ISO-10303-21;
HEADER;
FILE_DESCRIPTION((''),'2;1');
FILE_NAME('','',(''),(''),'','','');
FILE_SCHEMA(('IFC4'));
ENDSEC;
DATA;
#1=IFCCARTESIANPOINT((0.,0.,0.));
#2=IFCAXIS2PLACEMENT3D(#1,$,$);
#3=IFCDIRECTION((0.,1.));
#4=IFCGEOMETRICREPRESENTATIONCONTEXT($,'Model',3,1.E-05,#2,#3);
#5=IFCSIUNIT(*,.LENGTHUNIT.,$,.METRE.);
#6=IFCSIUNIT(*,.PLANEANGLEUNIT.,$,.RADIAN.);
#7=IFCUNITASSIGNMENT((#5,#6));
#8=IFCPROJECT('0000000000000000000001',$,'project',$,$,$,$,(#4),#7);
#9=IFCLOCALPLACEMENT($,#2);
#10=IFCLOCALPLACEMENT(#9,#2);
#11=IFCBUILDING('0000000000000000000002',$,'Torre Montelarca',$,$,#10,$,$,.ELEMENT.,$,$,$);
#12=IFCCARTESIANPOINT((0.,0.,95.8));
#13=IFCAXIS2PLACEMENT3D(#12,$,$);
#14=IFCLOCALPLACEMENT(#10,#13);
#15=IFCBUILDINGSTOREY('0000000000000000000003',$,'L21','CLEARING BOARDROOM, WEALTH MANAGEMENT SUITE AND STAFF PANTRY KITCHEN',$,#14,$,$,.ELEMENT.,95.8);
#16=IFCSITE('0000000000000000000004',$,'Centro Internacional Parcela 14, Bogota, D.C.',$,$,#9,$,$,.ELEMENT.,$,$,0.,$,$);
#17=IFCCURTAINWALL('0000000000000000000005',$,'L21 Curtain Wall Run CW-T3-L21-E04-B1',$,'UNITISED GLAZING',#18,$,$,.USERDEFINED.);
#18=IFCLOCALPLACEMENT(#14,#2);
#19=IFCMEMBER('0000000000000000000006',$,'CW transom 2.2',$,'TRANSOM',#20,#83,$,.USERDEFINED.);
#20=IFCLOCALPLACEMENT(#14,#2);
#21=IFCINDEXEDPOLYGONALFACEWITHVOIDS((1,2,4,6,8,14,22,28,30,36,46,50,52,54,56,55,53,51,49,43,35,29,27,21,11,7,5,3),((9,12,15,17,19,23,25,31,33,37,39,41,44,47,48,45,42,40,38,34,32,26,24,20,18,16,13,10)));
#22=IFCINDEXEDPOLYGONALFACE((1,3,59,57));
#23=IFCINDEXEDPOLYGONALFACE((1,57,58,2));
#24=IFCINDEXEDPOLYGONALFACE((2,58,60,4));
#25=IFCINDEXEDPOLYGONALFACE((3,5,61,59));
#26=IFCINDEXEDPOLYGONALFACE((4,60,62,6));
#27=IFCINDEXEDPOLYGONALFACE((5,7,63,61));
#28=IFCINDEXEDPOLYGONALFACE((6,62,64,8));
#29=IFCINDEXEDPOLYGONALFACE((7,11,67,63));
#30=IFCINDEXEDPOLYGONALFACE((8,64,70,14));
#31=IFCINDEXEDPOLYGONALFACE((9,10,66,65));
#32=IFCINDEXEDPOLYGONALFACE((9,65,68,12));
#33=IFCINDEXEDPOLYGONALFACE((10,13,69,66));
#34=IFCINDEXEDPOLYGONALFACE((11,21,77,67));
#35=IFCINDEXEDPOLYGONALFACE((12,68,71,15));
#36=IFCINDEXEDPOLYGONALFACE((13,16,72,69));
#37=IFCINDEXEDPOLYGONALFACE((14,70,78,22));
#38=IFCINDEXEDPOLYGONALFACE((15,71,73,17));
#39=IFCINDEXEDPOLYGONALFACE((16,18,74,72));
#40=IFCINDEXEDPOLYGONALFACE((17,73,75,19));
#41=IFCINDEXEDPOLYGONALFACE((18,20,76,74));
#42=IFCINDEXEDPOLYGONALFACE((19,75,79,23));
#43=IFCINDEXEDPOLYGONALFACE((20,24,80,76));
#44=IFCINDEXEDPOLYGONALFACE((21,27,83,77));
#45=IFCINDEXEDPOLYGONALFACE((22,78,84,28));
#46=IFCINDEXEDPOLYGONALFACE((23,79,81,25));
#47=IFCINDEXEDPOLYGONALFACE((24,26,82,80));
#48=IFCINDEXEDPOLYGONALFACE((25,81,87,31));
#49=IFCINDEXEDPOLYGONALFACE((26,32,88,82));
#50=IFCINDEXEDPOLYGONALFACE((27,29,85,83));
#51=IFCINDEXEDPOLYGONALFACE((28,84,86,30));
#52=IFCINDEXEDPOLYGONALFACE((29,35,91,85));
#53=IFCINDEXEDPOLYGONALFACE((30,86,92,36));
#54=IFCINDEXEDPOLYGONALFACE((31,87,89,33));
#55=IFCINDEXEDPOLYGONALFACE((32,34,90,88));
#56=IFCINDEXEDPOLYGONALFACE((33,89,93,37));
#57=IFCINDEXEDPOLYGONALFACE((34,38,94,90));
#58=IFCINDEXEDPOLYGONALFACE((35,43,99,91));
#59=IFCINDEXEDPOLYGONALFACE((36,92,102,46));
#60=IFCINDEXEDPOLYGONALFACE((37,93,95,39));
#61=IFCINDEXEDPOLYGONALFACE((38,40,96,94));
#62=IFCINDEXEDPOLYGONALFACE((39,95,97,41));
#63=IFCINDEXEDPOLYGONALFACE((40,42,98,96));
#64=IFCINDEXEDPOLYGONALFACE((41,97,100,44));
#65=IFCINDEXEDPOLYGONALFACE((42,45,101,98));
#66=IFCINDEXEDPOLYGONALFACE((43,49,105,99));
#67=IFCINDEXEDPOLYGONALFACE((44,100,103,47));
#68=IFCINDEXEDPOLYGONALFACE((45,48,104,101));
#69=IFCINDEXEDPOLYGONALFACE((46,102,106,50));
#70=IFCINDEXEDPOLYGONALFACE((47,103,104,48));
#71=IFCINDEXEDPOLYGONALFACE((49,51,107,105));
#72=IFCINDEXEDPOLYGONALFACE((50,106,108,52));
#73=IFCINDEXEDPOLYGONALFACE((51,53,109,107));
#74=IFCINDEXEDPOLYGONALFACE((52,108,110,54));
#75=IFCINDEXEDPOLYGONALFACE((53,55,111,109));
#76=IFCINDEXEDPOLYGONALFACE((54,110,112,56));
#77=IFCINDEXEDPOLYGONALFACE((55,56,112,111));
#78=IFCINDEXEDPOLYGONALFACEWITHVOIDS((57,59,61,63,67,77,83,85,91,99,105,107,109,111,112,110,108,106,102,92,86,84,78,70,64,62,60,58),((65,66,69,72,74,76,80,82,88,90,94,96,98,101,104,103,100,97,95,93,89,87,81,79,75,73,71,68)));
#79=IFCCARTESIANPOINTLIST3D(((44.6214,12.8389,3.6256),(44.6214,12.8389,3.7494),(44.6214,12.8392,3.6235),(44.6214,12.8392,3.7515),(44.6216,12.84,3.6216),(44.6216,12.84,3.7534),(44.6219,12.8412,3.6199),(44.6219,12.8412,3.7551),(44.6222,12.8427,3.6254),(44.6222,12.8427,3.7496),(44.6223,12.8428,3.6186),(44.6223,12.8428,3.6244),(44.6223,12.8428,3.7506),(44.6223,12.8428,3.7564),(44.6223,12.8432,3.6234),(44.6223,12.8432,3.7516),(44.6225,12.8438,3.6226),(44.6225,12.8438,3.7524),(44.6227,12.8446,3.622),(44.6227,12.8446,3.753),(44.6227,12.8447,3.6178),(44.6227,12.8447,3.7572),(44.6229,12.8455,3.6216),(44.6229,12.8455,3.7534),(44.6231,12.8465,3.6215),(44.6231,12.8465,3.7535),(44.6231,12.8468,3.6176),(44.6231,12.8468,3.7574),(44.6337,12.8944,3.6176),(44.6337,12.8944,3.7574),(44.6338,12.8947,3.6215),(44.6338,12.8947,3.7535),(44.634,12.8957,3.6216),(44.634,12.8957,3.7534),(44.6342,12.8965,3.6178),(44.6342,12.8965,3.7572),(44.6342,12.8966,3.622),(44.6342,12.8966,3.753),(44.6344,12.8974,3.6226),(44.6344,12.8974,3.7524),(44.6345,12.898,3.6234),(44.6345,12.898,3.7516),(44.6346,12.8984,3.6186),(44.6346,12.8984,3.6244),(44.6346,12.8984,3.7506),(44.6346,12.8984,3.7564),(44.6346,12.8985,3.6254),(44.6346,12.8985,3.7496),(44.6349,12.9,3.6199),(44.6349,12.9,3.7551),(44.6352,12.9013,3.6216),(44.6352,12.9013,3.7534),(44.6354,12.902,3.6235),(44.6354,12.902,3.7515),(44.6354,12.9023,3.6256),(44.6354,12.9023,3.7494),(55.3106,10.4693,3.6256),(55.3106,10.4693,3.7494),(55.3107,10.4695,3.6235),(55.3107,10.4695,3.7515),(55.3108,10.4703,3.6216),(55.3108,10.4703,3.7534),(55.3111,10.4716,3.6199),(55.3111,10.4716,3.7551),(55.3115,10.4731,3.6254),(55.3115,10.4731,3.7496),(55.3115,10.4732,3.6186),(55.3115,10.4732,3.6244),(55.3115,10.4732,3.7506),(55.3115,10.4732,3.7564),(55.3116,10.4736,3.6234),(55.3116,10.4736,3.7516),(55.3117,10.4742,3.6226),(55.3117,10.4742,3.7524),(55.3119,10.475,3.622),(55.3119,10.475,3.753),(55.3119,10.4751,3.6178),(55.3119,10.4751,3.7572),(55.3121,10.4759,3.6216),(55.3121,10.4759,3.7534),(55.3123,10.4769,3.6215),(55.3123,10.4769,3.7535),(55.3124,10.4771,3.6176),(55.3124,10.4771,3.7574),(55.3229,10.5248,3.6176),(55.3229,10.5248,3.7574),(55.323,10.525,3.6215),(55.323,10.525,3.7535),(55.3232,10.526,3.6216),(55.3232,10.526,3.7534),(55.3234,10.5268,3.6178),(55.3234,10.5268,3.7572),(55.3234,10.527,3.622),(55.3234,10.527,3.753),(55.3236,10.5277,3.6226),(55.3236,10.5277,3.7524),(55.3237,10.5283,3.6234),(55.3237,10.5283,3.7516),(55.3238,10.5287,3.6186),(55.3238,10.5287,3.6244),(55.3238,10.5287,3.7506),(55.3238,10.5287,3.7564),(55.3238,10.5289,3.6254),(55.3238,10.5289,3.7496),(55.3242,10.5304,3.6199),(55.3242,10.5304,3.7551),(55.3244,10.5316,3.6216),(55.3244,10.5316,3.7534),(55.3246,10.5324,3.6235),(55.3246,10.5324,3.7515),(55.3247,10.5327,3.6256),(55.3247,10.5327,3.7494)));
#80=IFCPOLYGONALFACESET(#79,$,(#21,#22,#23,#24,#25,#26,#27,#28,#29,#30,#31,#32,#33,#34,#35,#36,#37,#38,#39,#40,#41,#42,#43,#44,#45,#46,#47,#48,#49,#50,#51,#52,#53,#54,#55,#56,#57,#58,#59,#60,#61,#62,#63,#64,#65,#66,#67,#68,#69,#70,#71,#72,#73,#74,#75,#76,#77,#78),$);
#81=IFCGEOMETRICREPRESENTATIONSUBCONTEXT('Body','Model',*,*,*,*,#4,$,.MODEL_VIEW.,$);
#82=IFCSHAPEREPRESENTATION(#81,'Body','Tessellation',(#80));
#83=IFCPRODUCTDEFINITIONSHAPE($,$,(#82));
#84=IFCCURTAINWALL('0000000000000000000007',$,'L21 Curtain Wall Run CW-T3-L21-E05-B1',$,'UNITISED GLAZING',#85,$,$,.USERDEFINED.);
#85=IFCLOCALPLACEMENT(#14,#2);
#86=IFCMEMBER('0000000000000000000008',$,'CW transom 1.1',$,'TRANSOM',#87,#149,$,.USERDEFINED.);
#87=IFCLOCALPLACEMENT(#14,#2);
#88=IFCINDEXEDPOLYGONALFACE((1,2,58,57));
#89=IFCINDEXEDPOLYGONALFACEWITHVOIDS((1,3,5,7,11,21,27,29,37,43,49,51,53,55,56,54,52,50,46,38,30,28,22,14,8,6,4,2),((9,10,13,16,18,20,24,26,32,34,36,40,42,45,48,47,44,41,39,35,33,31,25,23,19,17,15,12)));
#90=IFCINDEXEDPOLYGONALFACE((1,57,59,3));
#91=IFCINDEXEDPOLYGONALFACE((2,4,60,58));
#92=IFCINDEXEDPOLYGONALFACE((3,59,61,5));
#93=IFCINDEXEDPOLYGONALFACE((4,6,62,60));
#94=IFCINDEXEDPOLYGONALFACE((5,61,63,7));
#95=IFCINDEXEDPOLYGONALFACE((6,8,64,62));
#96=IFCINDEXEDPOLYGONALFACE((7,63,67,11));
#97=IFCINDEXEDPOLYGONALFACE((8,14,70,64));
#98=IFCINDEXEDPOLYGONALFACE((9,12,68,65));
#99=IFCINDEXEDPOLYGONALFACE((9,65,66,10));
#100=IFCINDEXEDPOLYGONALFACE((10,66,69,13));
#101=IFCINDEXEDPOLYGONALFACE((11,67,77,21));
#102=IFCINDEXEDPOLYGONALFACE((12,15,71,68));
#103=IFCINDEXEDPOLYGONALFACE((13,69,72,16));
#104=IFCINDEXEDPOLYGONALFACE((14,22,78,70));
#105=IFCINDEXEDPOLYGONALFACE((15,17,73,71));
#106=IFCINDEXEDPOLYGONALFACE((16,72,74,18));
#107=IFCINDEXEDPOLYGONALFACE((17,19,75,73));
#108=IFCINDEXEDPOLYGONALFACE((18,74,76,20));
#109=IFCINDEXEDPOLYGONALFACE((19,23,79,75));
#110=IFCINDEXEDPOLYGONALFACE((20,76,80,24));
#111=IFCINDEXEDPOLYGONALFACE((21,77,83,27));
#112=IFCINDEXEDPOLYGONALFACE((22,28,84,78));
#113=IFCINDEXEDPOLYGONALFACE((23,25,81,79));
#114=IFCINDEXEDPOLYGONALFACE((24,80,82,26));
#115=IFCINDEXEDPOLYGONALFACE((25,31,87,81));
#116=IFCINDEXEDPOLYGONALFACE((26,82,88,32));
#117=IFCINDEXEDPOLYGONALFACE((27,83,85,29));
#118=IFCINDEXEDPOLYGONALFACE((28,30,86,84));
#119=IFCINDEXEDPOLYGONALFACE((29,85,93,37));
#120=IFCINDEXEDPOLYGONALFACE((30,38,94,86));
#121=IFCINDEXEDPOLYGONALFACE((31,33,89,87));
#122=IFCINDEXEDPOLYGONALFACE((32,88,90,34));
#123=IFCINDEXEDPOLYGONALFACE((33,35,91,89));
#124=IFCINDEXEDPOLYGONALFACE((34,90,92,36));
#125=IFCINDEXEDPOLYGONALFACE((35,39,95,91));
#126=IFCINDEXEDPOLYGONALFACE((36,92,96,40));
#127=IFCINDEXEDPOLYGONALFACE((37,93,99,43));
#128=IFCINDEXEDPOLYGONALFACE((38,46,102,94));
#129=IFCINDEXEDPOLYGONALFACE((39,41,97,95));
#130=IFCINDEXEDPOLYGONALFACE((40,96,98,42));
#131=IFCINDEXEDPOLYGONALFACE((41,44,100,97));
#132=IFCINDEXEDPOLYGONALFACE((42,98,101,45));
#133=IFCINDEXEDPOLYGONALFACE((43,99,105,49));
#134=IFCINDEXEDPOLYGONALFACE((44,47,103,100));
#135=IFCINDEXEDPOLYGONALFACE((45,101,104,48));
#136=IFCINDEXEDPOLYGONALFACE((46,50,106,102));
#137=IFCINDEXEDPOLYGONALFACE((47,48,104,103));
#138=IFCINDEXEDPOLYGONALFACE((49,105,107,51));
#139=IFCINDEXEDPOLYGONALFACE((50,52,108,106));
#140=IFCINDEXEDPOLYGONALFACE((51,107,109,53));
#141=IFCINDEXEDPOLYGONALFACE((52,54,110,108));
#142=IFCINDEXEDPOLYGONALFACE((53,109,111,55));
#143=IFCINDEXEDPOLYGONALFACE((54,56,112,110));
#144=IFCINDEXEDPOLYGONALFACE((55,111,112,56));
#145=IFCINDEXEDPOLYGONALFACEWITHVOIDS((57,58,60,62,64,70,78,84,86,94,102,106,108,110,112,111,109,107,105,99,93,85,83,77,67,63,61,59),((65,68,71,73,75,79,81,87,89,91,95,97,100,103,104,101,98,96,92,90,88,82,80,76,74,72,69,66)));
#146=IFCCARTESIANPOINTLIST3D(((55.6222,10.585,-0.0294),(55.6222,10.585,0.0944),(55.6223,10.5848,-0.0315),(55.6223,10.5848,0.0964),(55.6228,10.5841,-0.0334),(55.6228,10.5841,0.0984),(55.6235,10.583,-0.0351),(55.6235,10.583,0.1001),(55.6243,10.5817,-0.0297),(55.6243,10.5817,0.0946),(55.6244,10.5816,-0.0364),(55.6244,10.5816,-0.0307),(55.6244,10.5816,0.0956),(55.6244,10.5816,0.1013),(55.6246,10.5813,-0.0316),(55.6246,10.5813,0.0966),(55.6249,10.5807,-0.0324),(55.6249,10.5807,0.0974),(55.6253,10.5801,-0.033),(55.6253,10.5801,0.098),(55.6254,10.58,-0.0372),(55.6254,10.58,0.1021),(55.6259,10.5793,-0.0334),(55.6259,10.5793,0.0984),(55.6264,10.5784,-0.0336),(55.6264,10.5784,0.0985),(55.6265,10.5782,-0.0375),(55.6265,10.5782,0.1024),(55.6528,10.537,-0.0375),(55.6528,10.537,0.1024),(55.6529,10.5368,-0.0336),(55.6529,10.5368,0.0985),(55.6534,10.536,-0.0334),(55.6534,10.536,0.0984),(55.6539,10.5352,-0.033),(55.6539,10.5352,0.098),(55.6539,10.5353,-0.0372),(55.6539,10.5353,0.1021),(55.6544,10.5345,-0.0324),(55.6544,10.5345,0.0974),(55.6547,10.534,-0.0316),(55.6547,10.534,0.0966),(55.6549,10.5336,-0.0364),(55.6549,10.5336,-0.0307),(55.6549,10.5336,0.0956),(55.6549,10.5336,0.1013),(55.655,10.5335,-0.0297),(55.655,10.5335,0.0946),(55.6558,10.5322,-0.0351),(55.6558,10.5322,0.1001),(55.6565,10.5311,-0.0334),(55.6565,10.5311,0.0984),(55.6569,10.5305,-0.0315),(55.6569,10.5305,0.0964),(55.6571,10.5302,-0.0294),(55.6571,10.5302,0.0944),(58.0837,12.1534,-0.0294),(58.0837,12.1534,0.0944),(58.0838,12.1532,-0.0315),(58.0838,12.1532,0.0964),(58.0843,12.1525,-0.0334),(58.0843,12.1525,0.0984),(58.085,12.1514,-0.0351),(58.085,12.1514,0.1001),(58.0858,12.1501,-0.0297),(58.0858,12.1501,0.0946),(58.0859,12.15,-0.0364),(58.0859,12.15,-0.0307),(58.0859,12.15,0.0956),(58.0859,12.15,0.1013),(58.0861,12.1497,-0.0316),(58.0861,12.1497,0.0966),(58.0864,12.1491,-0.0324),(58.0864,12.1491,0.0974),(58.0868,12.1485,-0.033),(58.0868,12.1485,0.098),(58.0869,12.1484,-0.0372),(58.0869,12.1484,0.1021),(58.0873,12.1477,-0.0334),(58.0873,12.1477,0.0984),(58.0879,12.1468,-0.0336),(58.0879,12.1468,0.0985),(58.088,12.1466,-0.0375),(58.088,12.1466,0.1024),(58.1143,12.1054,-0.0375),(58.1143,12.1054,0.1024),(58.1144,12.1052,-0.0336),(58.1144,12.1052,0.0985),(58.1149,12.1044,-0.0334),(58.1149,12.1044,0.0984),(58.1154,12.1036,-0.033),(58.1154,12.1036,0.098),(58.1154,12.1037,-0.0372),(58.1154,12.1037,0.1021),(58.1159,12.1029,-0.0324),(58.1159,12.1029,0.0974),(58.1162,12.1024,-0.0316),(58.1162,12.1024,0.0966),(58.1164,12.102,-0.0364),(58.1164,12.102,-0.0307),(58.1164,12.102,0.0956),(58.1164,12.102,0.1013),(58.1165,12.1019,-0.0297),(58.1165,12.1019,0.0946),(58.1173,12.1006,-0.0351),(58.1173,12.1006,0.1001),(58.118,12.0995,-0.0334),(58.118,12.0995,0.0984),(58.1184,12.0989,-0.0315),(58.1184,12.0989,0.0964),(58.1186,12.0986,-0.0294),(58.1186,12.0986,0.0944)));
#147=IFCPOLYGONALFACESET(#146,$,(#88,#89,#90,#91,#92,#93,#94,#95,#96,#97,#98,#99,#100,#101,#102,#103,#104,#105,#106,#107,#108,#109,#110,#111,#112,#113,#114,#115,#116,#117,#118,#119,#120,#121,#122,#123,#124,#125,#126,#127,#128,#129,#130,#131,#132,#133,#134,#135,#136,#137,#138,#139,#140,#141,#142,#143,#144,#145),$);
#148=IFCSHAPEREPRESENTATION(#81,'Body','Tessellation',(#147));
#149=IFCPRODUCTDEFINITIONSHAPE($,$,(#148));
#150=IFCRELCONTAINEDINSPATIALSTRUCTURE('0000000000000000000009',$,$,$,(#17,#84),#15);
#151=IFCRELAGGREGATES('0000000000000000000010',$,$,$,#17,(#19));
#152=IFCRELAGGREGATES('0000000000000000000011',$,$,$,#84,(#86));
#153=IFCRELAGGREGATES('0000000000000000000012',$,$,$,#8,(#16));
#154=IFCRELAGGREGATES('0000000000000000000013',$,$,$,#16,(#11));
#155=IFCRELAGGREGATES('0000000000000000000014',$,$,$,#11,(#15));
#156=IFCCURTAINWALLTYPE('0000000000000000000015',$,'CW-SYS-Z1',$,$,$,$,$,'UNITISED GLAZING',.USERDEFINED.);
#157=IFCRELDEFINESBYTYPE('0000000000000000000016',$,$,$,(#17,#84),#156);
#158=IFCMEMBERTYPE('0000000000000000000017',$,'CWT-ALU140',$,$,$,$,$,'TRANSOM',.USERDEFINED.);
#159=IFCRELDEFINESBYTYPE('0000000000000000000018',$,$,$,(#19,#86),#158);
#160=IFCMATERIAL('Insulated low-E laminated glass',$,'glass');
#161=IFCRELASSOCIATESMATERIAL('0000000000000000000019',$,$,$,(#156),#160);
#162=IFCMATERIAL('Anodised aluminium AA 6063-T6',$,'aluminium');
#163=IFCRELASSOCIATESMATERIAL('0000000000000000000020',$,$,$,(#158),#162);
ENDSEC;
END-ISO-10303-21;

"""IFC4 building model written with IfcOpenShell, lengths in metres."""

from ifc_helpers import new_model, si_unit, direction, frame, origin, origin_2d, place, context, subcontext, project, spatial, hollow_rectangle, extrude, source, transform, mapped, material, material_profile, profile_set, type_object, element, aggregate, save


model = new_model("IFC4")

# Units and contexts
model_context = context("Model", 3, precision=1e-05, world=origin(), true_north=direction((0.0, 1.0)))
body_context = subcontext(model_context, "Body", "Model", "MODEL_VIEW")
ifc_project = project(units=[si_unit("LENGTHUNIT", "METRE"), si_unit("PLANEANGLEUNIT", "RADIAN")], contexts=[model_context])

# Site, building, storey
site_placement = place(None, origin())
site = spatial("IfcSite", under=ifc_project, at=site_placement, Name="Centro Internacional Parcela 14, Bogota, D.C.", CompositionType="ELEMENT", RefElevation=0.0)
building_placement = place(site_placement, origin())
building = spatial("IfcBuilding", under=site, at=building_placement, Name="Torre Montelarca", CompositionType="ELEMENT")
storey_placement = place(building_placement, frame((0.0, 0.0, 95.8)))
storey = spatial("IfcBuildingStorey", under=building, at=storey_placement, Name="L21", Description="CLEARING BOARDROOM, WEALTH MANAGEMENT SUITE AND STAFF PANTRY KITCHEN", CompositionType="ELEMENT", Elevation=95.8)

# Curtain walls, members
ifc_material_1 = material(Name="Insulated low-E laminated glass", Category="glass")
curtain_wall_type = type_object("IfcCurtainWallType", Name="CW-SYS-Z1", ElementType="UNITISED GLAZING", PredefinedType="USERDEFINED", material=ifc_material_1)
curtain_wall_1_placement = place(storey_placement, origin())
curtain_wall_1 = element("IfcCurtainWall", 1, at=curtain_wall_1_placement, inside=storey, type_object=curtain_wall_type, Name="L21 Curtain Wall Run CW-T3-L21-E04-B1", ObjectType="UNITISED GLAZING", PredefinedType="USERDEFINED")
ifc_material_2 = material(Name="Anodised aluminium AA 6063-T6", Category="aluminium")
ifc_material_profile_1 = material_profile(ifc_material_2, hollow_rectangle(XDim=0.0649, YDim=0.1399, WallThickness=0.0039, InnerFilletRadius=0.0039, OuterFilletRadius=0.0081, at=origin_2d()), Name="ALU65X140X4", Category="aluminium")
ifc_profile_set_1 = profile_set([ifc_material_profile_1], Name="Anodised aluminium AA 6063-T6")
member_type_1 = type_object("IfcMemberType", Name="CWT-ALU140", ElementType="TRANSOM", PredefinedType="USERDEFINED", material=ifc_profile_set_1)
shared_shape_1 = source(origin(), body_context, "Body", "SweptSolid", [
    extrude(hollow_rectangle(XDim=0.0649, YDim=0.1399, WallThickness=0.0039, InnerFilletRadius=0.0039, OuterFilletRadius=0.0081, at=origin_2d()), origin(), (0.0, 0.0, 1.0), 10.9487),
])
member_1_placement = place(storey_placement, frame((44.6284, 12.8706, 3.6875), z_axis=(0.976298, -0.21643, 0.0), x_axis=(0.21643, 0.976298, 0.0)))
member_1 = element("IfcMember", 2, at=member_1_placement, type_object=member_type_1, Name="CW transom 2.2", ObjectType="TRANSOM", PredefinedType="USERDEFINED", context=body_context, shape_type="MappedRepresentation", body=[
    mapped(shared_shape_1, transform((0.0, 0.0, 0.0), scale=1.0)),
])
curtain_wall_2_placement = place(storey_placement, origin())
curtain_wall_2 = element("IfcCurtainWall", 3, at=curtain_wall_2_placement, inside=storey, type_object=curtain_wall_type, Name="L21 Curtain Wall Run CW-T3-L21-E05-B1", ObjectType="UNITISED GLAZING", PredefinedType="USERDEFINED")
shared_shape_2 = source(origin(), body_context, "Body", "SweptSolid", [
    extrude(hollow_rectangle(XDim=0.0649, YDim=0.1399, WallThickness=0.0039, InnerFilletRadius=0.0039, OuterFilletRadius=0.0081, at=origin_2d()), origin(), (0.0, 0.0, 1.0), 2.9187),
])
member_2_placement = place(storey_placement, frame((55.6396, 10.5576, 0.0325), z_axis=(0.843351, 0.537363, 0.0), x_axis=(-0.537363, 0.843351, 0.0)))
member_2 = element("IfcMember", 4, at=member_2_placement, type_object=member_type_1, Name="CW transom 1.1", ObjectType="TRANSOM", PredefinedType="USERDEFINED", context=body_context, shape_type="MappedRepresentation", body=[
    mapped(shared_shape_2, transform((0.0, 0.0, 0.0), scale=1.0)),
])

aggregate(curtain_wall_1, [member_1])
aggregate(curtain_wall_2, [member_2])

save(model, "model.ifc")
